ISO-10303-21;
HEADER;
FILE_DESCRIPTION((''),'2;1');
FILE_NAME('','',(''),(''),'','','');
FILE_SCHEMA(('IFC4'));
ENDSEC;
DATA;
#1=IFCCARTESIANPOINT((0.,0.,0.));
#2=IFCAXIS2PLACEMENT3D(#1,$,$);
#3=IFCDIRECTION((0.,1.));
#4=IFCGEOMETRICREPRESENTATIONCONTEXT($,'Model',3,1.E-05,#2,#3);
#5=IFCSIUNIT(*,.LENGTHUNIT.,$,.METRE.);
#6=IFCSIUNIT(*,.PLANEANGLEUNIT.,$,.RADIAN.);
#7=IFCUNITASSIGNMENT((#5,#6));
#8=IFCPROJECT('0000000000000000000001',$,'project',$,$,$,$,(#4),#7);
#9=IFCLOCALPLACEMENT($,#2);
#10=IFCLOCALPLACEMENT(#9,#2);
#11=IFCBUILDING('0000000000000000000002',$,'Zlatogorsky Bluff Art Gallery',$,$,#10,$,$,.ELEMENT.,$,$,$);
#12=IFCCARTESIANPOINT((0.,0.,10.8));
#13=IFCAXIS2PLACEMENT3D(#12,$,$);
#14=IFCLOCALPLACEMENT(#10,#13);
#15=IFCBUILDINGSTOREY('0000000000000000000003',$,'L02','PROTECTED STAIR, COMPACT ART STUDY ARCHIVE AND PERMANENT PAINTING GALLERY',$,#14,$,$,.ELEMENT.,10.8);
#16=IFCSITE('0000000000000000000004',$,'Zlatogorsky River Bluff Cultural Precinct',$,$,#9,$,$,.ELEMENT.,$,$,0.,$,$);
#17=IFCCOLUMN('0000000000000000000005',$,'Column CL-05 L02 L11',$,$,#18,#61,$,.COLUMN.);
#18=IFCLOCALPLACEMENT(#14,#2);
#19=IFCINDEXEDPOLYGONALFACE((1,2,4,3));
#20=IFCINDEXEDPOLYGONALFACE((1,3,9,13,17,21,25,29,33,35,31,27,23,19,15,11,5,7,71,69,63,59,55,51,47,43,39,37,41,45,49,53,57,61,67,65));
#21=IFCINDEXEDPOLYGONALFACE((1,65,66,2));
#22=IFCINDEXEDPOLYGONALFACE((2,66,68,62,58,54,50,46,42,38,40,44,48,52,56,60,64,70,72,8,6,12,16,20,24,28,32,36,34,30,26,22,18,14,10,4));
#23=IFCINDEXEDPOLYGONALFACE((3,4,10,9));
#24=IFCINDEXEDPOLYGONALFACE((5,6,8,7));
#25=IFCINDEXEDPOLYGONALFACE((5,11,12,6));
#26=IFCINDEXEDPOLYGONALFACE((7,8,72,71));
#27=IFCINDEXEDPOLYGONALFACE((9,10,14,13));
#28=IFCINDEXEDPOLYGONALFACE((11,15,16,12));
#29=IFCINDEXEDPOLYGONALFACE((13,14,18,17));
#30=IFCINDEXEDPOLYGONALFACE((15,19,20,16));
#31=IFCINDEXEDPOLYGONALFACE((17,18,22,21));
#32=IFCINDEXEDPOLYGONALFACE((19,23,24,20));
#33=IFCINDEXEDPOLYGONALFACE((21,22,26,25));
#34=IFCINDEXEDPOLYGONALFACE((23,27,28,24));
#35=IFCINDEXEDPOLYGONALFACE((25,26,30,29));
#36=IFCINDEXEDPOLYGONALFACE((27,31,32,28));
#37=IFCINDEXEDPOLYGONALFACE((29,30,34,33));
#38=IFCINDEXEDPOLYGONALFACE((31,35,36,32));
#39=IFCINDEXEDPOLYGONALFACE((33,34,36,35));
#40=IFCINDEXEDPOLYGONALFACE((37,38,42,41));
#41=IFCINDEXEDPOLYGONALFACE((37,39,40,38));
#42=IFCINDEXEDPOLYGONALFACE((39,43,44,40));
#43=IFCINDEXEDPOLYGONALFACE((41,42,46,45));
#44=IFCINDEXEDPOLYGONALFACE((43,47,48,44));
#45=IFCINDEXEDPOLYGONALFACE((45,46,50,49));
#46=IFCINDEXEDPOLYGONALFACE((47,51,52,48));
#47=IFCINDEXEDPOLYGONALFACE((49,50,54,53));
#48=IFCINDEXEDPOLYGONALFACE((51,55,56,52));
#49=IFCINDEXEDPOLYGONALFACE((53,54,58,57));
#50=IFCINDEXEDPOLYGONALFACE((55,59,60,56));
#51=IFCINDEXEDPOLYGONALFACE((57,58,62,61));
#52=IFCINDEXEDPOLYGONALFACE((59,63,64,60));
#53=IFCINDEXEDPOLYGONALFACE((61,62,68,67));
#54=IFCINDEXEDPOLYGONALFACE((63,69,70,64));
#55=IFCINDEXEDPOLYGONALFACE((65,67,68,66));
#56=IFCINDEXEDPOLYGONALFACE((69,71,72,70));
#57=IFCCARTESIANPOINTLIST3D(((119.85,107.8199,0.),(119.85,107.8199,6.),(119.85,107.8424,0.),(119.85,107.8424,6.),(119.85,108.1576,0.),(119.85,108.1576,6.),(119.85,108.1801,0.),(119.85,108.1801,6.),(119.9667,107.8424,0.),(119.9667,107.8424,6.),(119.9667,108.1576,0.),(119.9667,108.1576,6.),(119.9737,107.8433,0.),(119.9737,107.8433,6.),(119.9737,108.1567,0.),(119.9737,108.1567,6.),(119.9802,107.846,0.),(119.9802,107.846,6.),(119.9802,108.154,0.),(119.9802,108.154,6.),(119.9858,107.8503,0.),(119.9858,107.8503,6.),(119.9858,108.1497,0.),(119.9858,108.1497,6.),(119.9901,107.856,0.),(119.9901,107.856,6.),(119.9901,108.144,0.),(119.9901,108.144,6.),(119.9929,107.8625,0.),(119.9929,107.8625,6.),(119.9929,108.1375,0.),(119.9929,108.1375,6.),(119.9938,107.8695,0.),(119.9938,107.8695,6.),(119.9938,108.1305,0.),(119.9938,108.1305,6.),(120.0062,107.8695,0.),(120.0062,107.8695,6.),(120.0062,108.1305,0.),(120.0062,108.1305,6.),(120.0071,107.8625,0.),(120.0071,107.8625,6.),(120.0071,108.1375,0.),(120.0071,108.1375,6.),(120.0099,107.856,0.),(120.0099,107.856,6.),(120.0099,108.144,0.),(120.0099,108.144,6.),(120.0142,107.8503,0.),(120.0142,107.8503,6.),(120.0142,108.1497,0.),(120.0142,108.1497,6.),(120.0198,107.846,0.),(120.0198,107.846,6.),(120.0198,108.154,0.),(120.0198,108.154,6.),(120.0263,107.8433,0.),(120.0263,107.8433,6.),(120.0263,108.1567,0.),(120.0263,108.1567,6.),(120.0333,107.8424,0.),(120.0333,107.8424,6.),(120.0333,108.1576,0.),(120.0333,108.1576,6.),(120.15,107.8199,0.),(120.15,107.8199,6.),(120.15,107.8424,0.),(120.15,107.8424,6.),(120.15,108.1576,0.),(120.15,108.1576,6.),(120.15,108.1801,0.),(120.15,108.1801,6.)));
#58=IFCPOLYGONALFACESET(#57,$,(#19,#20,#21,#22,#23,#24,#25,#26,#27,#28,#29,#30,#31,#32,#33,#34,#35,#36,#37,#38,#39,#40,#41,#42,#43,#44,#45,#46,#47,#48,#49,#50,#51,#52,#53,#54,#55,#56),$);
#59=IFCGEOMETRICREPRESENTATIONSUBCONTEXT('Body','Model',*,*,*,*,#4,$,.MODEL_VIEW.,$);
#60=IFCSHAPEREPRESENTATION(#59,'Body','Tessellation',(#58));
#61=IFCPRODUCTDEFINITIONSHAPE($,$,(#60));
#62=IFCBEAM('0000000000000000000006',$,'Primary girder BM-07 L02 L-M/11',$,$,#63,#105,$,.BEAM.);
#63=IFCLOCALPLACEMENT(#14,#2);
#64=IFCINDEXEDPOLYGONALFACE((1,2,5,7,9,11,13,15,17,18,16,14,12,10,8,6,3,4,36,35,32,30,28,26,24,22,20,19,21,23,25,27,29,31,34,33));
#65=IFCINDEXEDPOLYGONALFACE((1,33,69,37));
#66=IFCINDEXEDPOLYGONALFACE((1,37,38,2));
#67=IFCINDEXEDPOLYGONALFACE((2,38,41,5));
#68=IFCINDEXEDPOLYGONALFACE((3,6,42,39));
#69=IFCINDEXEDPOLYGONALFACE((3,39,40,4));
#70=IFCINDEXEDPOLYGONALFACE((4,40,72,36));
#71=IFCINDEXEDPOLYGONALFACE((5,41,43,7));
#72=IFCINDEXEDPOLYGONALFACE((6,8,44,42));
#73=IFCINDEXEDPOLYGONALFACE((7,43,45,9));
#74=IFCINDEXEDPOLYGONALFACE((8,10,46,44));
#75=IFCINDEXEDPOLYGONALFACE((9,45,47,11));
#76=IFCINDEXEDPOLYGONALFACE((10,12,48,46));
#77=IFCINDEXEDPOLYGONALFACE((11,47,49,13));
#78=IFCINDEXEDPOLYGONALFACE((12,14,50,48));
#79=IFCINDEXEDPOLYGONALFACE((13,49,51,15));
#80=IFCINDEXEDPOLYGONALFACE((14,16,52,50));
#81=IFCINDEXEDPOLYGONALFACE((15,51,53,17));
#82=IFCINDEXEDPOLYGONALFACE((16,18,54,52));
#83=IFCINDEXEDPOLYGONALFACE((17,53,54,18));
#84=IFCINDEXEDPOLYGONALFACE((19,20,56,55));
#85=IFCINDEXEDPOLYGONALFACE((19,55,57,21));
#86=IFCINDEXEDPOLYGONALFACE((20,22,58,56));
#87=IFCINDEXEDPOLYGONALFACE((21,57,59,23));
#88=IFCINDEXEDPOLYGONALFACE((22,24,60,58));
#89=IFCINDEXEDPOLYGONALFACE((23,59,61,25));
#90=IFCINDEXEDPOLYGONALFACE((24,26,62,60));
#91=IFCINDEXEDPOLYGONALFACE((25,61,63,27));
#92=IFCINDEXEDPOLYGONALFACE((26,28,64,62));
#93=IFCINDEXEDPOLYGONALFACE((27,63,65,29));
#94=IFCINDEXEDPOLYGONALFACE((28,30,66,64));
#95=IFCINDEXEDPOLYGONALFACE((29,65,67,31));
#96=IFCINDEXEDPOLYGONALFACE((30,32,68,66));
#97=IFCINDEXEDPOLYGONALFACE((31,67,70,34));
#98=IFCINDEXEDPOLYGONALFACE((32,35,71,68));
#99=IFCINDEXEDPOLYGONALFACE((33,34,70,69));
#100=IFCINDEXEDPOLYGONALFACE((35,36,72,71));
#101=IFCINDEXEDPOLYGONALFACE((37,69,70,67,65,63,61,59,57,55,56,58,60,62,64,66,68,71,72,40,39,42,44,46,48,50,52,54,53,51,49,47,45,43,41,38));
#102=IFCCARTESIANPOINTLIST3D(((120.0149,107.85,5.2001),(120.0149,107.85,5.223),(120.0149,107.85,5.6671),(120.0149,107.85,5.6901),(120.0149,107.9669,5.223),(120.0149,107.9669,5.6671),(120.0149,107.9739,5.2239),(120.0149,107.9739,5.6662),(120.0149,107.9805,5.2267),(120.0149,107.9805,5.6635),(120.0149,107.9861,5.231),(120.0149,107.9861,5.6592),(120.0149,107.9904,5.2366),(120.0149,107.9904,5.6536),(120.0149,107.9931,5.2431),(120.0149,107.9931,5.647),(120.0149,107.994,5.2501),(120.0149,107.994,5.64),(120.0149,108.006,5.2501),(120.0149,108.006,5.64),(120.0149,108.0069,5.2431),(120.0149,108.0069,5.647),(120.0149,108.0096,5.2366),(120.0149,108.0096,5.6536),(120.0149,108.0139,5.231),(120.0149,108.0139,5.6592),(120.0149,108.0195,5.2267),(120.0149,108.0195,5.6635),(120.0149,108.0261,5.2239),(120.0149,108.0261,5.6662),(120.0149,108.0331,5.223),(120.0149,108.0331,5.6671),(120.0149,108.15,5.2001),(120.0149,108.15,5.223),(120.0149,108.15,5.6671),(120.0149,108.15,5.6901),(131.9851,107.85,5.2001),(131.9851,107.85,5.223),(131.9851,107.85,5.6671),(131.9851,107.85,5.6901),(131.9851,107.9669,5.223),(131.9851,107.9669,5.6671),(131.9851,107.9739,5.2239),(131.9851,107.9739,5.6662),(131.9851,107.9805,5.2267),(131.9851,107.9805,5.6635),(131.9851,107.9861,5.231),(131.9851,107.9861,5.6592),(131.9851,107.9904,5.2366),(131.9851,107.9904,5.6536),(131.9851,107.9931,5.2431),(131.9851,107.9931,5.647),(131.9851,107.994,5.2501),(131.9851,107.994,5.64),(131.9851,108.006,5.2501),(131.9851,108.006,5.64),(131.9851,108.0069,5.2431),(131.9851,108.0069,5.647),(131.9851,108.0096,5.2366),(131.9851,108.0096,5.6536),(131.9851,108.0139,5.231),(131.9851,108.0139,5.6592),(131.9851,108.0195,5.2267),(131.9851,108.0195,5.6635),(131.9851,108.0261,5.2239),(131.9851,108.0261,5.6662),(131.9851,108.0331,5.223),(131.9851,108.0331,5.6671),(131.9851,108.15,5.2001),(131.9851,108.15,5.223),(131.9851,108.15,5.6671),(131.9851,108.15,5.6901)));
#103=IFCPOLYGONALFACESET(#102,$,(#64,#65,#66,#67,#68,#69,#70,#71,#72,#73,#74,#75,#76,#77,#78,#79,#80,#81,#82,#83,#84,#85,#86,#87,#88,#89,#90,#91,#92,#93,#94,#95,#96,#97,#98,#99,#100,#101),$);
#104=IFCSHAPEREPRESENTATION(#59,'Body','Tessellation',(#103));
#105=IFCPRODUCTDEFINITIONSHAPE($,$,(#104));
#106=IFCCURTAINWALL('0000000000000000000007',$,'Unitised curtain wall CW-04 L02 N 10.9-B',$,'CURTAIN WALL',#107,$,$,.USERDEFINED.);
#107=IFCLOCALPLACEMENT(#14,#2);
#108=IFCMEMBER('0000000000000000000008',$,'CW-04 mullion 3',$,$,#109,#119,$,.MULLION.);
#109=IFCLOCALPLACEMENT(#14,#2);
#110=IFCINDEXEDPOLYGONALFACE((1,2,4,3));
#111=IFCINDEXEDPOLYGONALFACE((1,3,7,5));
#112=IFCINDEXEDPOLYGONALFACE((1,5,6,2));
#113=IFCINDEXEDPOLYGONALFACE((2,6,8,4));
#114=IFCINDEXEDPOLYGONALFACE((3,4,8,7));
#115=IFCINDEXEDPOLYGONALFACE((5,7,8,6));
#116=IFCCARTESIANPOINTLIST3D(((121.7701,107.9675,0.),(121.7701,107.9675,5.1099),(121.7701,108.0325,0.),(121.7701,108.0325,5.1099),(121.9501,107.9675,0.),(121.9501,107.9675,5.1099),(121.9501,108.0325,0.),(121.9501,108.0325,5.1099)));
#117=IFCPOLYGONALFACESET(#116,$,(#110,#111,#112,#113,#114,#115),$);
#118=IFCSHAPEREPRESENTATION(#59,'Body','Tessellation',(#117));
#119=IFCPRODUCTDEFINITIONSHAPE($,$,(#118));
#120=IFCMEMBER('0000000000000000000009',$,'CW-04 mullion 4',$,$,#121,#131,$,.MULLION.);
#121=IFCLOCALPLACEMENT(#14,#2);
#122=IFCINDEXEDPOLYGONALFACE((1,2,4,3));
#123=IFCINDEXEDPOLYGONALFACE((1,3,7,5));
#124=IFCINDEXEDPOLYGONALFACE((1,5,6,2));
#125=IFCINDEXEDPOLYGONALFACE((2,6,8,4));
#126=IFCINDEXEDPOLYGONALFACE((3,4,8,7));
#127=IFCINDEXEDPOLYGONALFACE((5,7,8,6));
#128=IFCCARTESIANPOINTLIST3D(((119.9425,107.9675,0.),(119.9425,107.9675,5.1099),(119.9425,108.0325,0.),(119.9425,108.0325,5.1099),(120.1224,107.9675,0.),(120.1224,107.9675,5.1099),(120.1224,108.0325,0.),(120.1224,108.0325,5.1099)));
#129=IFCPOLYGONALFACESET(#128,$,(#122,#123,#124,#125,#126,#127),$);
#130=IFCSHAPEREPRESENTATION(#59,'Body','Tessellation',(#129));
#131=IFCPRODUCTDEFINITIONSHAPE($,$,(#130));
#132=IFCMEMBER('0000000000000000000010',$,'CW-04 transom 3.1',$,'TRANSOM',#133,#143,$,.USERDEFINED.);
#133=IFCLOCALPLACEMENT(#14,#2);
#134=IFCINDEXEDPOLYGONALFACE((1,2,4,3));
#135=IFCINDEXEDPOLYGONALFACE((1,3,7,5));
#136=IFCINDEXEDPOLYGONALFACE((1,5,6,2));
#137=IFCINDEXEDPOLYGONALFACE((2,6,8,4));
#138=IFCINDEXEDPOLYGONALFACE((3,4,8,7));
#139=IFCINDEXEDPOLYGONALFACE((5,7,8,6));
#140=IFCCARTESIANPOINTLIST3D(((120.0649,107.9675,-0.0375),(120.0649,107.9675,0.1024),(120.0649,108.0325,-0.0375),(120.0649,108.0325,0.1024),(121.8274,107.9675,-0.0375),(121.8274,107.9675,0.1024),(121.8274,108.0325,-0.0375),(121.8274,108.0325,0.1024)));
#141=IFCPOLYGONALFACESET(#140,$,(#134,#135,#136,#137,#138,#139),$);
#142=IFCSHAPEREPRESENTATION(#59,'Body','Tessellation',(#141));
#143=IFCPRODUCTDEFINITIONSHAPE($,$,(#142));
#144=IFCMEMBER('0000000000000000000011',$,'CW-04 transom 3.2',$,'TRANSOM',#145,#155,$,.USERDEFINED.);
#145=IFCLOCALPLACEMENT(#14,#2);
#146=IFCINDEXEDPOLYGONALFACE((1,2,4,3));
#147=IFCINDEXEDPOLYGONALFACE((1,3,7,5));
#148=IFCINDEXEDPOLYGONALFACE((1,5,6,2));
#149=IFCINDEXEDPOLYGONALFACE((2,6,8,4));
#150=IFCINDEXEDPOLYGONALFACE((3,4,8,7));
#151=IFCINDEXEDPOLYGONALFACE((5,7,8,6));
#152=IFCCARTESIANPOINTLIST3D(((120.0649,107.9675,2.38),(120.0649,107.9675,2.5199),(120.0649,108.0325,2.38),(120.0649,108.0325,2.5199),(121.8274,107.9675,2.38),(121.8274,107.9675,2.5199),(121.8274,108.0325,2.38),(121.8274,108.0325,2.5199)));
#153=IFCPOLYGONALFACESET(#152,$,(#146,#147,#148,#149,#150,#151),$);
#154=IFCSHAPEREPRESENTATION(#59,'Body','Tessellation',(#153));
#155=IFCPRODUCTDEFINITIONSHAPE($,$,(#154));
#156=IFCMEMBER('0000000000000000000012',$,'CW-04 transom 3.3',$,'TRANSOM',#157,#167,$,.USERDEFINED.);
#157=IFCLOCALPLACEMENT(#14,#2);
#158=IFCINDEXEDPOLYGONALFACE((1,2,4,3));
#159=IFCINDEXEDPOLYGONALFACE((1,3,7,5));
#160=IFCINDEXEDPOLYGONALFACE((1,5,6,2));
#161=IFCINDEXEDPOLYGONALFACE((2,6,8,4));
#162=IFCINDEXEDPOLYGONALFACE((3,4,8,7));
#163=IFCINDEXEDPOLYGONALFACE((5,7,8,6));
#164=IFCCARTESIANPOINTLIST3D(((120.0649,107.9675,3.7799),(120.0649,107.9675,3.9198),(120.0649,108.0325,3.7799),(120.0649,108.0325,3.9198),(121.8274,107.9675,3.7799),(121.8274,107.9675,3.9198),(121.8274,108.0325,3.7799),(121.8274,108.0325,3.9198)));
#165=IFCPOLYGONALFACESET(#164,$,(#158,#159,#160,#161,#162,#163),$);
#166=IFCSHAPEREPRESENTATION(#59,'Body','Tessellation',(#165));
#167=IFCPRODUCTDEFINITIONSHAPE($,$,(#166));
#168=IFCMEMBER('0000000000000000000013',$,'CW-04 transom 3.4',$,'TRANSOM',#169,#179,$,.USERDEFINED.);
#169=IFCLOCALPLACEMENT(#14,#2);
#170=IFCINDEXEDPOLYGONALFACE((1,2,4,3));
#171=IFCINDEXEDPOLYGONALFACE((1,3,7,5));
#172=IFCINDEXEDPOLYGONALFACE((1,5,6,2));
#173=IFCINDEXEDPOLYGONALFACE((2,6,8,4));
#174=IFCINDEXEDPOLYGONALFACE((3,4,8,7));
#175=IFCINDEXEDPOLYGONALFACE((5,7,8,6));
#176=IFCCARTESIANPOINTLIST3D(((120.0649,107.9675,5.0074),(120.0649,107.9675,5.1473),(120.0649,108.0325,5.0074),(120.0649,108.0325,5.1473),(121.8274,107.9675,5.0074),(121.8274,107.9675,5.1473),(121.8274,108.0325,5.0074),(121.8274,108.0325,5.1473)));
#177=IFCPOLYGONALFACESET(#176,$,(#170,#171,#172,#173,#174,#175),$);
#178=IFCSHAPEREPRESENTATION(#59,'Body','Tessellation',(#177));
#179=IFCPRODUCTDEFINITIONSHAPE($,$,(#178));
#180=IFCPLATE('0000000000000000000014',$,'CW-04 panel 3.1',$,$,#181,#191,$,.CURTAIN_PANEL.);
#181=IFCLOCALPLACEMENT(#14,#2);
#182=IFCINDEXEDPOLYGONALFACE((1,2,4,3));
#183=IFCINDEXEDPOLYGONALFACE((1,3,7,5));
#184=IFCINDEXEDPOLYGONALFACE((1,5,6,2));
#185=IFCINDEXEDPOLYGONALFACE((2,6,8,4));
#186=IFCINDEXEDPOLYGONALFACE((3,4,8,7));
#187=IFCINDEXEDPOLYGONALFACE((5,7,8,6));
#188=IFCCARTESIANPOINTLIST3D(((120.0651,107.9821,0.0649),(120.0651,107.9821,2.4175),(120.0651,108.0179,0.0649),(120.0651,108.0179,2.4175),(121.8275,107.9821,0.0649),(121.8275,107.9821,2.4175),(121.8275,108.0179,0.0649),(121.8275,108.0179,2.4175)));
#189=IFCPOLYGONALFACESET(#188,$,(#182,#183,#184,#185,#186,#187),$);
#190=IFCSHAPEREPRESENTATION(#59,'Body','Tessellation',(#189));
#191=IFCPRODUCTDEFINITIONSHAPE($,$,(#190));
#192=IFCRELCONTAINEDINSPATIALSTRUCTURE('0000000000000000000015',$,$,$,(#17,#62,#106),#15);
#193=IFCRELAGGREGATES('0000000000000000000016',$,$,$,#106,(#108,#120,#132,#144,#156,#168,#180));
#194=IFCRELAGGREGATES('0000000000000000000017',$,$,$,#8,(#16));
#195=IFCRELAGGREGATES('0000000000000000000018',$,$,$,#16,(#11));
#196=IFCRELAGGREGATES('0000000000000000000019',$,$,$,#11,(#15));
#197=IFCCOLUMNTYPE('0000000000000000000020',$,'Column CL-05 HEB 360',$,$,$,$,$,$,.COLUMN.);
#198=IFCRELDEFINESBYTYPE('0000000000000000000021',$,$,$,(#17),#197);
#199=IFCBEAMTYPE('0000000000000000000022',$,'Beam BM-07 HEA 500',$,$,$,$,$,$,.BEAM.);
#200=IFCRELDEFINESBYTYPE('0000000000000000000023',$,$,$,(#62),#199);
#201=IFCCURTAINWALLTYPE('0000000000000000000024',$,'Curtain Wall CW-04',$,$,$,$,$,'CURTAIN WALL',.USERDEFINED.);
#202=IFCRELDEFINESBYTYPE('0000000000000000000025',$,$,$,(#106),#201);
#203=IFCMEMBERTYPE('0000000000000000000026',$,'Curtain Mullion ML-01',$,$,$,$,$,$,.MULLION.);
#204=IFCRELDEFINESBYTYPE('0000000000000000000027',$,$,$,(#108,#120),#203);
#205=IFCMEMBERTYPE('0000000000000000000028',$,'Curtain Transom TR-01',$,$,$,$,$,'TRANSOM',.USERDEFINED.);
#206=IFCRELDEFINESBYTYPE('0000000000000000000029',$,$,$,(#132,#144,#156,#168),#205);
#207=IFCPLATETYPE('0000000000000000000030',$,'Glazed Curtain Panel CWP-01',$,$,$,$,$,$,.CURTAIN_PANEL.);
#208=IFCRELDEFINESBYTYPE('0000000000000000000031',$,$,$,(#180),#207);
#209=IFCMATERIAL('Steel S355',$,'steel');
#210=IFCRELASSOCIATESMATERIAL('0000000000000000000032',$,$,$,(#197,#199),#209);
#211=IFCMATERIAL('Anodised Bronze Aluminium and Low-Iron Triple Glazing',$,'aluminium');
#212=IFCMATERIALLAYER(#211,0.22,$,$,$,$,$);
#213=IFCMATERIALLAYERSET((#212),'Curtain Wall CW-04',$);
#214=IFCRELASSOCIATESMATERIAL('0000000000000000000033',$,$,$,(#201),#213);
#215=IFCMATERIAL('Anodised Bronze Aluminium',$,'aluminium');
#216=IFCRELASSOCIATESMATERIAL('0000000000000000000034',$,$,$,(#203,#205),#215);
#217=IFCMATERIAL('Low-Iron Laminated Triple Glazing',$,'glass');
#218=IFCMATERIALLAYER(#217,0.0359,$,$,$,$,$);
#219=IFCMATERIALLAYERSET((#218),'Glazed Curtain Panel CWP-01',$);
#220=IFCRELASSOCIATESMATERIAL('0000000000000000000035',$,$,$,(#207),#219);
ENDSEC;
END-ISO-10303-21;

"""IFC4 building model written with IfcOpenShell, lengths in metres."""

from ifc_helpers import new_model, si_unit, direction, frame, origin, origin_2d, place, context, subcontext, project, spatial, rectangle, i_section, extrude, material, layer, layer_set, material_profile, profile_set, type_object, element, aggregate, save


model = new_model("IFC4")

# Units and contexts
model_context = context("Model", 3, precision=1e-05, world=origin(), true_north=direction((0.0, 1.0)))
body_context = subcontext(model_context, "Body", "Model", "MODEL_VIEW")
ifc_project = project(units=[si_unit("LENGTHUNIT", "METRE"), si_unit("PLANEANGLEUNIT", "RADIAN")], contexts=[model_context])

# Site, building, storey
site_placement = place(None, origin())
site = spatial("IfcSite", under=ifc_project, at=site_placement, Name="Zlatogorsky River Bluff Cultural Precinct", CompositionType="ELEMENT", RefElevation=0.0)
building_placement = place(site_placement, origin())
building = spatial("IfcBuilding", under=site, at=building_placement, Name="Zlatogorsky Bluff Art Gallery", CompositionType="ELEMENT")
storey_placement = place(building_placement, frame((0.0, 0.0, 10.8)))
storey = spatial("IfcBuildingStorey", under=building, at=storey_placement, Name="L02", Description="PROTECTED STAIR, COMPACT ART STUDY ARCHIVE AND PERMANENT PAINTING GALLERY", CompositionType="ELEMENT", Elevation=10.8)

# Column
ifc_material_1 = material(Name="Steel S355", Category="steel")
ifc_material_profile_1 = material_profile(ifc_material_1, i_section(OverallWidth=0.3, OverallDepth=0.3601, WebThickness=0.0125, FlangeThickness=0.0225, FilletRadius=0.0271, at=origin_2d()), Name="HEB 360")
ifc_profile_set_1 = profile_set([ifc_material_profile_1], Name="Steel S355")
column_type = type_object("IfcColumnType", Name="Column CL-05 HEB 360", PredefinedType="COLUMN", material=ifc_profile_set_1)
column_placement = place(storey_placement, frame((120.0, 108.0, 0.0), z_axis=(0.0, 0.0, 1.0), x_axis=(1.0, 0.0, 0.0)))
element("IfcColumn", 1, at=column_placement, inside=storey, type_object=column_type, Name="Column CL-05 L02 L11", PredefinedType="COLUMN", context=body_context, shape_type="SweptSolid", body=[
    extrude(i_section(OverallWidth=0.3, OverallDepth=0.3601, WebThickness=0.0125, FlangeThickness=0.0225, FilletRadius=0.0271, at=origin_2d()), origin(), (0.0, 0.0, 1.0), 6.0),
])

# Beam
ifc_material_profile_2 = material_profile(ifc_material_1, i_section(OverallWidth=0.3, OverallDepth=0.49, WebThickness=0.012, FlangeThickness=0.0229, FilletRadius=0.0271, at=origin_2d()), Name="HEA 500")
ifc_profile_set_2 = profile_set([ifc_material_profile_2], Name="Steel S355")
beam_type = type_object("IfcBeamType", Name="Beam BM-07 HEA 500", PredefinedType="BEAM", material=ifc_profile_set_2)
beam_placement = place(storey_placement, frame((120.0149, 108.0, 5.4451), z_axis=(1.0, 0.0, 0.0), x_axis=(0.0, 1.0, 0.0)))
element("IfcBeam", 2, at=beam_placement, inside=storey, type_object=beam_type, Name="Primary girder BM-07 L02 L-M/11", PredefinedType="BEAM", context=body_context, shape_type="SweptSolid", body=[
    extrude(i_section(OverallWidth=0.3, OverallDepth=0.49, WebThickness=0.012, FlangeThickness=0.0229, FilletRadius=0.0271, at=origin_2d()), origin(), (0.0, 0.0, 1.0), 11.9702),
])

# Curtain wall, members, plate
ifc_material_2 = material(Name="Anodised Bronze Aluminium and Low-Iron Triple Glazing", Category="aluminium")
ifc_layer_1 = layer(ifc_material_2, 0.22)
ifc_layer_set_1 = layer_set([ifc_layer_1], Name="Curtain Wall CW-04")
curtain_wall_type = type_object("IfcCurtainWallType", Name="Curtain Wall CW-04", ElementType="CURTAIN WALL", PredefinedType="USERDEFINED", material=ifc_layer_set_1)
curtain_wall_placement = place(storey_placement, origin())
curtain_wall = element("IfcCurtainWall", 3, at=curtain_wall_placement, inside=storey, type_object=curtain_wall_type, Name="Unitised curtain wall CW-04 L02 N 10.9-B", ObjectType="CURTAIN WALL", PredefinedType="USERDEFINED")
ifc_material_3 = material(Name="Anodised Bronze Aluminium", Category="aluminium")
ifc_material_profile_3 = material_profile(ifc_material_3, rectangle(XDim=0.0649, YDim=0.1799, at=origin_2d()), Name="ALU MULLION 65x180")
ifc_profile_set_3 = profile_set([ifc_material_profile_3], Name="Anodised Bronze Aluminium")
member_type_1 = type_object("IfcMemberType", Name="Curtain Mullion ML-01", PredefinedType="MULLION", material=ifc_profile_set_3)
member_1_placement = place(storey_placement, frame((121.8601, 108.0, 0.0), z_axis=(0.0, 0.0, 1.0), x_axis=(0.0, -1.0, 0.0)))
member_1 = element("IfcMember", 4, at=member_1_placement, type_object=member_type_1, Name="CW-04 mullion 3", PredefinedType="MULLION", context=body_context, shape_type="SweptSolid", body=[
    extrude(rectangle(XDim=0.0649, YDim=0.1799, at=origin_2d()), origin(), (0.0, 0.0, 1.0), 5.1099),
])
member_2_placement = place(storey_placement, frame((120.0325, 108.0, 0.0), z_axis=(0.0, 0.0, 1.0), x_axis=(0.0, -1.0, 0.0)))
member_2 = element("IfcMember", 5, at=member_2_placement, type_object=member_type_1, Name="CW-04 mullion 4", PredefinedType="MULLION", context=body_context, shape_type="SweptSolid", body=[
    extrude(rectangle(XDim=0.0649, YDim=0.1799, at=origin_2d()), origin(), (0.0, 0.0, 1.0), 5.1099),
])
ifc_material_profile_4 = material_profile(ifc_material_3, rectangle(XDim=0.0649, YDim=0.1399, at=origin_2d()), Name="ALU TRANSOM 65x140")
ifc_profile_set_4 = profile_set([ifc_material_profile_4], Name="Anodised Bronze Aluminium")
member_type_2 = type_object("IfcMemberType", Name="Curtain Transom TR-01", ElementType="TRANSOM", PredefinedType="USERDEFINED", material=ifc_profile_set_4)
member_3_placement = place(storey_placement, frame((121.8274, 108.0, 0.0325), z_axis=(-1.0, 0.0, 0.0), x_axis=(0.0, -1.0, 0.0)))
member_3 = element("IfcMember", 6, at=member_3_placement, type_object=member_type_2, Name="CW-04 transom 3.1", ObjectType="TRANSOM", PredefinedType="USERDEFINED", context=body_context, shape_type="SweptSolid", body=[
    extrude(rectangle(XDim=0.0649, YDim=0.1399, at=origin_2d()), origin(), (0.0, 0.0, 1.0), 1.7625),
])
member_4_placement = place(storey_placement, frame((121.8274, 108.0, 2.45), z_axis=(-1.0, 0.0, 0.0), x_axis=(0.0, -1.0, 0.0)))
member_4 = element("IfcMember", 7, at=member_4_placement, type_object=member_type_2, Name="CW-04 transom 3.2", ObjectType="TRANSOM", PredefinedType="USERDEFINED", context=body_context, shape_type="SweptSolid", body=[
    extrude(rectangle(XDim=0.0649, YDim=0.1399, at=origin_2d()), origin(), (0.0, 0.0, 1.0), 1.7625),
])
member_5_placement = place(storey_placement, frame((121.8274, 108.0, 3.8499), z_axis=(-1.0, 0.0, 0.0), x_axis=(0.0, -1.0, 0.0)))
member_5 = element("IfcMember", 8, at=member_5_placement, type_object=member_type_2, Name="CW-04 transom 3.3", ObjectType="TRANSOM", PredefinedType="USERDEFINED", context=body_context, shape_type="SweptSolid", body=[
    extrude(rectangle(XDim=0.0649, YDim=0.1399, at=origin_2d()), origin(), (0.0, 0.0, 1.0), 1.7625),
])
member_6_placement = place(storey_placement, frame((121.8274, 108.0, 5.0774), z_axis=(-1.0, 0.0, 0.0), x_axis=(0.0, -1.0, 0.0)))
member_6 = element("IfcMember", 9, at=member_6_placement, type_object=member_type_2, Name="CW-04 transom 3.4", ObjectType="TRANSOM", PredefinedType="USERDEFINED", context=body_context, shape_type="SweptSolid", body=[
    extrude(rectangle(XDim=0.0649, YDim=0.1399, at=origin_2d()), origin(), (0.0, 0.0, 1.0), 1.7625),
])
ifc_material_4 = material(Name="Low-Iron Laminated Triple Glazing", Category="glass")
ifc_layer_2 = layer(ifc_material_4, 0.0359)
ifc_layer_set_2 = layer_set([ifc_layer_2], Name="Glazed Curtain Panel CWP-01")
plate_type = type_object("IfcPlateType", Name="Glazed Curtain Panel CWP-01", PredefinedType="CURTAIN_PANEL", material=ifc_layer_set_2)
plate_1_placement = place(storey_placement, frame((120.9463, 108.0, 0.0649), z_axis=(0.0, 0.0, 1.0), x_axis=(-1.0, 0.0, 0.0)))
plate_1 = element("IfcPlate", 10, at=plate_1_placement, type_object=plate_type, Name="CW-04 panel 3.1", PredefinedType="CURTAIN_PANEL", context=body_context, shape_type="SweptSolid", body=[
    extrude(rectangle(XDim=1.7625, YDim=0.0359, at=origin_2d()), origin(), (0.0, 0.0, 1.0), 2.3525),
])
aggregate(curtain_wall, [member_1, member_2, member_3, member_4, member_5, member_6, plate_1])

save(model, "model.ifc")
